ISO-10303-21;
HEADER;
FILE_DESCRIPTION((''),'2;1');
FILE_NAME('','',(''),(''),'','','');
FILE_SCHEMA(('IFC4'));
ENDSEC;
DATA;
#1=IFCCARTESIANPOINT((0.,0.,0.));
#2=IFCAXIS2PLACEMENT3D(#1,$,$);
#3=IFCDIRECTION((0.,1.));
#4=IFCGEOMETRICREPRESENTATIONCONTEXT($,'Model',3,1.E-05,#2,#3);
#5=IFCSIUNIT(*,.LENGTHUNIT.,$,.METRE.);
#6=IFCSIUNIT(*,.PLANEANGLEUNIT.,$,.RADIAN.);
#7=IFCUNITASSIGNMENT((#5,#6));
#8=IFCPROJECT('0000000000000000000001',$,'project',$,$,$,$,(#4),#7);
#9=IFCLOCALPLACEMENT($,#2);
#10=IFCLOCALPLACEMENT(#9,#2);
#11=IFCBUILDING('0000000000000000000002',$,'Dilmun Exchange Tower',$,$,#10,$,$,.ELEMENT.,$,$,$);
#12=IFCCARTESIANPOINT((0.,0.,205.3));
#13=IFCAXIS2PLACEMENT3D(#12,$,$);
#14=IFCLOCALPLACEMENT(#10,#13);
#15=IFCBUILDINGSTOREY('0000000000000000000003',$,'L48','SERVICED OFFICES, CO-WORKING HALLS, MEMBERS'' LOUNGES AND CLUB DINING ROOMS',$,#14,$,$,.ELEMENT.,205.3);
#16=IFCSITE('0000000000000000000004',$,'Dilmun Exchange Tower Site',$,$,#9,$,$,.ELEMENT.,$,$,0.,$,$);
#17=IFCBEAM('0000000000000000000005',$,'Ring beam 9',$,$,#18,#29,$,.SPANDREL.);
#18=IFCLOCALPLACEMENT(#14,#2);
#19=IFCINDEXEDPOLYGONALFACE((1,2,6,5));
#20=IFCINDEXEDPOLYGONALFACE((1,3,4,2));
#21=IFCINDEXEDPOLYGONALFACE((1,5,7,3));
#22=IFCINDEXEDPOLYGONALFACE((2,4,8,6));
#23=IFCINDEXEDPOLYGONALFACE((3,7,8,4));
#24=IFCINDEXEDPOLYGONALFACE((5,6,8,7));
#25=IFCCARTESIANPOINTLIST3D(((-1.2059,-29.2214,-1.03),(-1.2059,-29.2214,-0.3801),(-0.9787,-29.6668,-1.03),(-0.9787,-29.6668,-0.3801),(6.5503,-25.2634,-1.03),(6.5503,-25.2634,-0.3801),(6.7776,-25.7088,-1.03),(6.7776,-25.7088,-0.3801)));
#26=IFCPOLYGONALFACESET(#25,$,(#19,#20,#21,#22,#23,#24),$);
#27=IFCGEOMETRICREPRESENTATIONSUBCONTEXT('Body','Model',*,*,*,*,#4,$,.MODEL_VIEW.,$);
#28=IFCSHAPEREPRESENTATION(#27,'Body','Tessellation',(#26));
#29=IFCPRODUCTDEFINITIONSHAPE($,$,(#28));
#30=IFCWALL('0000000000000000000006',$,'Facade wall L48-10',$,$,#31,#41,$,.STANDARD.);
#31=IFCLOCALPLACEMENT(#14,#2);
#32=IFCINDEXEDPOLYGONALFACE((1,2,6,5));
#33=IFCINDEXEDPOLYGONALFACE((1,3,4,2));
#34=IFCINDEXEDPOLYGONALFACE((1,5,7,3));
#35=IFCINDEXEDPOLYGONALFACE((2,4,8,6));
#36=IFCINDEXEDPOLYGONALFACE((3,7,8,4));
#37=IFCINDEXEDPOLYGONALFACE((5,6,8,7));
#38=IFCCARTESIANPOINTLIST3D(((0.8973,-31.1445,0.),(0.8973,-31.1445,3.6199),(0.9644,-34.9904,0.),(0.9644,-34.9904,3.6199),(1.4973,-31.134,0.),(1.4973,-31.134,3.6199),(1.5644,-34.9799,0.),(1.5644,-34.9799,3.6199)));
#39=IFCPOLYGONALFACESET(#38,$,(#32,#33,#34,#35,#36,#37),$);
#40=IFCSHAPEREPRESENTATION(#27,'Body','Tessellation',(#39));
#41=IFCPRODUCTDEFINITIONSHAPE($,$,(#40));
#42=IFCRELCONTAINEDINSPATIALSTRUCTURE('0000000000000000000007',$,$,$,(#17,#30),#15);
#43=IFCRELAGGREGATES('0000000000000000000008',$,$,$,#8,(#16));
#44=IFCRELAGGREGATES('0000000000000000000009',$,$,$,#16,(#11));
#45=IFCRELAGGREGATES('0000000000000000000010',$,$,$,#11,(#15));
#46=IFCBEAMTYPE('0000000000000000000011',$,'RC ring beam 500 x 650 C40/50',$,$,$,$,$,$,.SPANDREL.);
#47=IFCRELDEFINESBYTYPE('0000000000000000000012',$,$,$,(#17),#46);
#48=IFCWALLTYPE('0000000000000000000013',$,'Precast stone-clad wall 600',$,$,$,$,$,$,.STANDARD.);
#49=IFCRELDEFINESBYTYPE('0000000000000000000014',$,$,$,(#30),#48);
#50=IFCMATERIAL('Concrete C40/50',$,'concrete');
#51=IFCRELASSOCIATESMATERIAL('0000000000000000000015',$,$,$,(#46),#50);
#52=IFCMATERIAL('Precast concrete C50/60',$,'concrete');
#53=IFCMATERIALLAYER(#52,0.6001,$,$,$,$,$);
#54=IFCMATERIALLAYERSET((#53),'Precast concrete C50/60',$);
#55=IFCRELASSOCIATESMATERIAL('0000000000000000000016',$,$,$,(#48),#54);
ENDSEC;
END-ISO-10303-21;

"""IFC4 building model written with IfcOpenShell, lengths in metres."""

from ifc_helpers import new_model, si_unit, direction, frame, frame_2d, origin, origin_2d, place, context, subcontext, project, spatial, rectangle, extrude, material, layer, layer_set, material_profile, profile_set, type_object, element, save


model = new_model("IFC4")

# Units and contexts
model_context = context("Model", 3, precision=1e-05, world=origin(), true_north=direction((0.0, 1.0)))
body_context = subcontext(model_context, "Body", "Model", "MODEL_VIEW")
ifc_project = project(units=[si_unit("LENGTHUNIT", "METRE"), si_unit("PLANEANGLEUNIT", "RADIAN")], contexts=[model_context])

# Site, building, storey
site_placement = place(None, origin())
site = spatial("IfcSite", under=ifc_project, at=site_placement, Name="Dilmun Exchange Tower Site", CompositionType="ELEMENT", RefElevation=0.0)
building_placement = place(site_placement, origin())
building = spatial("IfcBuilding", under=site, at=building_placement, Name="Dilmun Exchange Tower", CompositionType="ELEMENT")
storey_placement = place(building_placement, frame((0.0, 0.0, 205.3)))
storey = spatial("IfcBuildingStorey", under=building, at=storey_placement, Name="L48", Description="SERVICED OFFICES, CO-WORKING HALLS, MEMBERS' LOUNGES AND CLUB DINING ROOMS", CompositionType="ELEMENT", Elevation=205.3)

# Beam
ifc_material_1 = material(Name="Concrete C40/50", Category="concrete")
ifc_material_profile = material_profile(ifc_material_1, rectangle(XDim=0.5, YDim=0.6499, at=origin_2d()), Name="500 x 650")
ifc_profile_set = profile_set([ifc_material_profile], Name="Concrete C40/50")
beam_type = type_object("IfcBeamType", Name="RC ring beam 500 x 650 C40/50", PredefinedType="SPANDREL", material=ifc_profile_set)
beam_placement = place(storey_placement, frame((-1.0923, -29.4441, -0.7051), z_axis=(0.89073, 0.454533, 0.0), x_axis=(-0.454533, 0.89073, 0.0)))
element("IfcBeam", 1, at=beam_placement, inside=storey, type_object=beam_type, Name="Ring beam 9", PredefinedType="SPANDREL", context=body_context, shape_type="SweptSolid", body=[
    extrude(rectangle(XDim=0.5, YDim=0.6499, at=origin_2d()), origin(), (0.0, 0.0, 1.0), 8.7078),
])

# Wall
ifc_material_2 = material(Name="Precast concrete C50/60", Category="concrete")
ifc_layer = layer(ifc_material_2, 0.6001)
ifc_layer_set = layer_set([ifc_layer], Name="Precast concrete C50/60")
wall_type = type_object("IfcWallType", Name="Precast stone-clad wall 600", PredefinedType="STANDARD", material=ifc_layer_set)
wall_1_placement = place(storey_placement, frame((1.1973, -31.1392, 0.0), z_axis=(0.0, 0.0, 1.0), x_axis=(0.017454, -0.999848, 0.0)))
element("IfcWall", 2, at=wall_1_placement, inside=storey, type_object=wall_type, Name="Facade wall L48-10", PredefinedType="STANDARD", context=body_context, shape_type="SweptSolid", body=[
    extrude(rectangle(XDim=3.8464, YDim=0.6001, at=frame_2d((1.9233, 0.0))), origin(), (0.0, 0.0, 1.0), 3.6199),
])

save(model, "model.ifc")
